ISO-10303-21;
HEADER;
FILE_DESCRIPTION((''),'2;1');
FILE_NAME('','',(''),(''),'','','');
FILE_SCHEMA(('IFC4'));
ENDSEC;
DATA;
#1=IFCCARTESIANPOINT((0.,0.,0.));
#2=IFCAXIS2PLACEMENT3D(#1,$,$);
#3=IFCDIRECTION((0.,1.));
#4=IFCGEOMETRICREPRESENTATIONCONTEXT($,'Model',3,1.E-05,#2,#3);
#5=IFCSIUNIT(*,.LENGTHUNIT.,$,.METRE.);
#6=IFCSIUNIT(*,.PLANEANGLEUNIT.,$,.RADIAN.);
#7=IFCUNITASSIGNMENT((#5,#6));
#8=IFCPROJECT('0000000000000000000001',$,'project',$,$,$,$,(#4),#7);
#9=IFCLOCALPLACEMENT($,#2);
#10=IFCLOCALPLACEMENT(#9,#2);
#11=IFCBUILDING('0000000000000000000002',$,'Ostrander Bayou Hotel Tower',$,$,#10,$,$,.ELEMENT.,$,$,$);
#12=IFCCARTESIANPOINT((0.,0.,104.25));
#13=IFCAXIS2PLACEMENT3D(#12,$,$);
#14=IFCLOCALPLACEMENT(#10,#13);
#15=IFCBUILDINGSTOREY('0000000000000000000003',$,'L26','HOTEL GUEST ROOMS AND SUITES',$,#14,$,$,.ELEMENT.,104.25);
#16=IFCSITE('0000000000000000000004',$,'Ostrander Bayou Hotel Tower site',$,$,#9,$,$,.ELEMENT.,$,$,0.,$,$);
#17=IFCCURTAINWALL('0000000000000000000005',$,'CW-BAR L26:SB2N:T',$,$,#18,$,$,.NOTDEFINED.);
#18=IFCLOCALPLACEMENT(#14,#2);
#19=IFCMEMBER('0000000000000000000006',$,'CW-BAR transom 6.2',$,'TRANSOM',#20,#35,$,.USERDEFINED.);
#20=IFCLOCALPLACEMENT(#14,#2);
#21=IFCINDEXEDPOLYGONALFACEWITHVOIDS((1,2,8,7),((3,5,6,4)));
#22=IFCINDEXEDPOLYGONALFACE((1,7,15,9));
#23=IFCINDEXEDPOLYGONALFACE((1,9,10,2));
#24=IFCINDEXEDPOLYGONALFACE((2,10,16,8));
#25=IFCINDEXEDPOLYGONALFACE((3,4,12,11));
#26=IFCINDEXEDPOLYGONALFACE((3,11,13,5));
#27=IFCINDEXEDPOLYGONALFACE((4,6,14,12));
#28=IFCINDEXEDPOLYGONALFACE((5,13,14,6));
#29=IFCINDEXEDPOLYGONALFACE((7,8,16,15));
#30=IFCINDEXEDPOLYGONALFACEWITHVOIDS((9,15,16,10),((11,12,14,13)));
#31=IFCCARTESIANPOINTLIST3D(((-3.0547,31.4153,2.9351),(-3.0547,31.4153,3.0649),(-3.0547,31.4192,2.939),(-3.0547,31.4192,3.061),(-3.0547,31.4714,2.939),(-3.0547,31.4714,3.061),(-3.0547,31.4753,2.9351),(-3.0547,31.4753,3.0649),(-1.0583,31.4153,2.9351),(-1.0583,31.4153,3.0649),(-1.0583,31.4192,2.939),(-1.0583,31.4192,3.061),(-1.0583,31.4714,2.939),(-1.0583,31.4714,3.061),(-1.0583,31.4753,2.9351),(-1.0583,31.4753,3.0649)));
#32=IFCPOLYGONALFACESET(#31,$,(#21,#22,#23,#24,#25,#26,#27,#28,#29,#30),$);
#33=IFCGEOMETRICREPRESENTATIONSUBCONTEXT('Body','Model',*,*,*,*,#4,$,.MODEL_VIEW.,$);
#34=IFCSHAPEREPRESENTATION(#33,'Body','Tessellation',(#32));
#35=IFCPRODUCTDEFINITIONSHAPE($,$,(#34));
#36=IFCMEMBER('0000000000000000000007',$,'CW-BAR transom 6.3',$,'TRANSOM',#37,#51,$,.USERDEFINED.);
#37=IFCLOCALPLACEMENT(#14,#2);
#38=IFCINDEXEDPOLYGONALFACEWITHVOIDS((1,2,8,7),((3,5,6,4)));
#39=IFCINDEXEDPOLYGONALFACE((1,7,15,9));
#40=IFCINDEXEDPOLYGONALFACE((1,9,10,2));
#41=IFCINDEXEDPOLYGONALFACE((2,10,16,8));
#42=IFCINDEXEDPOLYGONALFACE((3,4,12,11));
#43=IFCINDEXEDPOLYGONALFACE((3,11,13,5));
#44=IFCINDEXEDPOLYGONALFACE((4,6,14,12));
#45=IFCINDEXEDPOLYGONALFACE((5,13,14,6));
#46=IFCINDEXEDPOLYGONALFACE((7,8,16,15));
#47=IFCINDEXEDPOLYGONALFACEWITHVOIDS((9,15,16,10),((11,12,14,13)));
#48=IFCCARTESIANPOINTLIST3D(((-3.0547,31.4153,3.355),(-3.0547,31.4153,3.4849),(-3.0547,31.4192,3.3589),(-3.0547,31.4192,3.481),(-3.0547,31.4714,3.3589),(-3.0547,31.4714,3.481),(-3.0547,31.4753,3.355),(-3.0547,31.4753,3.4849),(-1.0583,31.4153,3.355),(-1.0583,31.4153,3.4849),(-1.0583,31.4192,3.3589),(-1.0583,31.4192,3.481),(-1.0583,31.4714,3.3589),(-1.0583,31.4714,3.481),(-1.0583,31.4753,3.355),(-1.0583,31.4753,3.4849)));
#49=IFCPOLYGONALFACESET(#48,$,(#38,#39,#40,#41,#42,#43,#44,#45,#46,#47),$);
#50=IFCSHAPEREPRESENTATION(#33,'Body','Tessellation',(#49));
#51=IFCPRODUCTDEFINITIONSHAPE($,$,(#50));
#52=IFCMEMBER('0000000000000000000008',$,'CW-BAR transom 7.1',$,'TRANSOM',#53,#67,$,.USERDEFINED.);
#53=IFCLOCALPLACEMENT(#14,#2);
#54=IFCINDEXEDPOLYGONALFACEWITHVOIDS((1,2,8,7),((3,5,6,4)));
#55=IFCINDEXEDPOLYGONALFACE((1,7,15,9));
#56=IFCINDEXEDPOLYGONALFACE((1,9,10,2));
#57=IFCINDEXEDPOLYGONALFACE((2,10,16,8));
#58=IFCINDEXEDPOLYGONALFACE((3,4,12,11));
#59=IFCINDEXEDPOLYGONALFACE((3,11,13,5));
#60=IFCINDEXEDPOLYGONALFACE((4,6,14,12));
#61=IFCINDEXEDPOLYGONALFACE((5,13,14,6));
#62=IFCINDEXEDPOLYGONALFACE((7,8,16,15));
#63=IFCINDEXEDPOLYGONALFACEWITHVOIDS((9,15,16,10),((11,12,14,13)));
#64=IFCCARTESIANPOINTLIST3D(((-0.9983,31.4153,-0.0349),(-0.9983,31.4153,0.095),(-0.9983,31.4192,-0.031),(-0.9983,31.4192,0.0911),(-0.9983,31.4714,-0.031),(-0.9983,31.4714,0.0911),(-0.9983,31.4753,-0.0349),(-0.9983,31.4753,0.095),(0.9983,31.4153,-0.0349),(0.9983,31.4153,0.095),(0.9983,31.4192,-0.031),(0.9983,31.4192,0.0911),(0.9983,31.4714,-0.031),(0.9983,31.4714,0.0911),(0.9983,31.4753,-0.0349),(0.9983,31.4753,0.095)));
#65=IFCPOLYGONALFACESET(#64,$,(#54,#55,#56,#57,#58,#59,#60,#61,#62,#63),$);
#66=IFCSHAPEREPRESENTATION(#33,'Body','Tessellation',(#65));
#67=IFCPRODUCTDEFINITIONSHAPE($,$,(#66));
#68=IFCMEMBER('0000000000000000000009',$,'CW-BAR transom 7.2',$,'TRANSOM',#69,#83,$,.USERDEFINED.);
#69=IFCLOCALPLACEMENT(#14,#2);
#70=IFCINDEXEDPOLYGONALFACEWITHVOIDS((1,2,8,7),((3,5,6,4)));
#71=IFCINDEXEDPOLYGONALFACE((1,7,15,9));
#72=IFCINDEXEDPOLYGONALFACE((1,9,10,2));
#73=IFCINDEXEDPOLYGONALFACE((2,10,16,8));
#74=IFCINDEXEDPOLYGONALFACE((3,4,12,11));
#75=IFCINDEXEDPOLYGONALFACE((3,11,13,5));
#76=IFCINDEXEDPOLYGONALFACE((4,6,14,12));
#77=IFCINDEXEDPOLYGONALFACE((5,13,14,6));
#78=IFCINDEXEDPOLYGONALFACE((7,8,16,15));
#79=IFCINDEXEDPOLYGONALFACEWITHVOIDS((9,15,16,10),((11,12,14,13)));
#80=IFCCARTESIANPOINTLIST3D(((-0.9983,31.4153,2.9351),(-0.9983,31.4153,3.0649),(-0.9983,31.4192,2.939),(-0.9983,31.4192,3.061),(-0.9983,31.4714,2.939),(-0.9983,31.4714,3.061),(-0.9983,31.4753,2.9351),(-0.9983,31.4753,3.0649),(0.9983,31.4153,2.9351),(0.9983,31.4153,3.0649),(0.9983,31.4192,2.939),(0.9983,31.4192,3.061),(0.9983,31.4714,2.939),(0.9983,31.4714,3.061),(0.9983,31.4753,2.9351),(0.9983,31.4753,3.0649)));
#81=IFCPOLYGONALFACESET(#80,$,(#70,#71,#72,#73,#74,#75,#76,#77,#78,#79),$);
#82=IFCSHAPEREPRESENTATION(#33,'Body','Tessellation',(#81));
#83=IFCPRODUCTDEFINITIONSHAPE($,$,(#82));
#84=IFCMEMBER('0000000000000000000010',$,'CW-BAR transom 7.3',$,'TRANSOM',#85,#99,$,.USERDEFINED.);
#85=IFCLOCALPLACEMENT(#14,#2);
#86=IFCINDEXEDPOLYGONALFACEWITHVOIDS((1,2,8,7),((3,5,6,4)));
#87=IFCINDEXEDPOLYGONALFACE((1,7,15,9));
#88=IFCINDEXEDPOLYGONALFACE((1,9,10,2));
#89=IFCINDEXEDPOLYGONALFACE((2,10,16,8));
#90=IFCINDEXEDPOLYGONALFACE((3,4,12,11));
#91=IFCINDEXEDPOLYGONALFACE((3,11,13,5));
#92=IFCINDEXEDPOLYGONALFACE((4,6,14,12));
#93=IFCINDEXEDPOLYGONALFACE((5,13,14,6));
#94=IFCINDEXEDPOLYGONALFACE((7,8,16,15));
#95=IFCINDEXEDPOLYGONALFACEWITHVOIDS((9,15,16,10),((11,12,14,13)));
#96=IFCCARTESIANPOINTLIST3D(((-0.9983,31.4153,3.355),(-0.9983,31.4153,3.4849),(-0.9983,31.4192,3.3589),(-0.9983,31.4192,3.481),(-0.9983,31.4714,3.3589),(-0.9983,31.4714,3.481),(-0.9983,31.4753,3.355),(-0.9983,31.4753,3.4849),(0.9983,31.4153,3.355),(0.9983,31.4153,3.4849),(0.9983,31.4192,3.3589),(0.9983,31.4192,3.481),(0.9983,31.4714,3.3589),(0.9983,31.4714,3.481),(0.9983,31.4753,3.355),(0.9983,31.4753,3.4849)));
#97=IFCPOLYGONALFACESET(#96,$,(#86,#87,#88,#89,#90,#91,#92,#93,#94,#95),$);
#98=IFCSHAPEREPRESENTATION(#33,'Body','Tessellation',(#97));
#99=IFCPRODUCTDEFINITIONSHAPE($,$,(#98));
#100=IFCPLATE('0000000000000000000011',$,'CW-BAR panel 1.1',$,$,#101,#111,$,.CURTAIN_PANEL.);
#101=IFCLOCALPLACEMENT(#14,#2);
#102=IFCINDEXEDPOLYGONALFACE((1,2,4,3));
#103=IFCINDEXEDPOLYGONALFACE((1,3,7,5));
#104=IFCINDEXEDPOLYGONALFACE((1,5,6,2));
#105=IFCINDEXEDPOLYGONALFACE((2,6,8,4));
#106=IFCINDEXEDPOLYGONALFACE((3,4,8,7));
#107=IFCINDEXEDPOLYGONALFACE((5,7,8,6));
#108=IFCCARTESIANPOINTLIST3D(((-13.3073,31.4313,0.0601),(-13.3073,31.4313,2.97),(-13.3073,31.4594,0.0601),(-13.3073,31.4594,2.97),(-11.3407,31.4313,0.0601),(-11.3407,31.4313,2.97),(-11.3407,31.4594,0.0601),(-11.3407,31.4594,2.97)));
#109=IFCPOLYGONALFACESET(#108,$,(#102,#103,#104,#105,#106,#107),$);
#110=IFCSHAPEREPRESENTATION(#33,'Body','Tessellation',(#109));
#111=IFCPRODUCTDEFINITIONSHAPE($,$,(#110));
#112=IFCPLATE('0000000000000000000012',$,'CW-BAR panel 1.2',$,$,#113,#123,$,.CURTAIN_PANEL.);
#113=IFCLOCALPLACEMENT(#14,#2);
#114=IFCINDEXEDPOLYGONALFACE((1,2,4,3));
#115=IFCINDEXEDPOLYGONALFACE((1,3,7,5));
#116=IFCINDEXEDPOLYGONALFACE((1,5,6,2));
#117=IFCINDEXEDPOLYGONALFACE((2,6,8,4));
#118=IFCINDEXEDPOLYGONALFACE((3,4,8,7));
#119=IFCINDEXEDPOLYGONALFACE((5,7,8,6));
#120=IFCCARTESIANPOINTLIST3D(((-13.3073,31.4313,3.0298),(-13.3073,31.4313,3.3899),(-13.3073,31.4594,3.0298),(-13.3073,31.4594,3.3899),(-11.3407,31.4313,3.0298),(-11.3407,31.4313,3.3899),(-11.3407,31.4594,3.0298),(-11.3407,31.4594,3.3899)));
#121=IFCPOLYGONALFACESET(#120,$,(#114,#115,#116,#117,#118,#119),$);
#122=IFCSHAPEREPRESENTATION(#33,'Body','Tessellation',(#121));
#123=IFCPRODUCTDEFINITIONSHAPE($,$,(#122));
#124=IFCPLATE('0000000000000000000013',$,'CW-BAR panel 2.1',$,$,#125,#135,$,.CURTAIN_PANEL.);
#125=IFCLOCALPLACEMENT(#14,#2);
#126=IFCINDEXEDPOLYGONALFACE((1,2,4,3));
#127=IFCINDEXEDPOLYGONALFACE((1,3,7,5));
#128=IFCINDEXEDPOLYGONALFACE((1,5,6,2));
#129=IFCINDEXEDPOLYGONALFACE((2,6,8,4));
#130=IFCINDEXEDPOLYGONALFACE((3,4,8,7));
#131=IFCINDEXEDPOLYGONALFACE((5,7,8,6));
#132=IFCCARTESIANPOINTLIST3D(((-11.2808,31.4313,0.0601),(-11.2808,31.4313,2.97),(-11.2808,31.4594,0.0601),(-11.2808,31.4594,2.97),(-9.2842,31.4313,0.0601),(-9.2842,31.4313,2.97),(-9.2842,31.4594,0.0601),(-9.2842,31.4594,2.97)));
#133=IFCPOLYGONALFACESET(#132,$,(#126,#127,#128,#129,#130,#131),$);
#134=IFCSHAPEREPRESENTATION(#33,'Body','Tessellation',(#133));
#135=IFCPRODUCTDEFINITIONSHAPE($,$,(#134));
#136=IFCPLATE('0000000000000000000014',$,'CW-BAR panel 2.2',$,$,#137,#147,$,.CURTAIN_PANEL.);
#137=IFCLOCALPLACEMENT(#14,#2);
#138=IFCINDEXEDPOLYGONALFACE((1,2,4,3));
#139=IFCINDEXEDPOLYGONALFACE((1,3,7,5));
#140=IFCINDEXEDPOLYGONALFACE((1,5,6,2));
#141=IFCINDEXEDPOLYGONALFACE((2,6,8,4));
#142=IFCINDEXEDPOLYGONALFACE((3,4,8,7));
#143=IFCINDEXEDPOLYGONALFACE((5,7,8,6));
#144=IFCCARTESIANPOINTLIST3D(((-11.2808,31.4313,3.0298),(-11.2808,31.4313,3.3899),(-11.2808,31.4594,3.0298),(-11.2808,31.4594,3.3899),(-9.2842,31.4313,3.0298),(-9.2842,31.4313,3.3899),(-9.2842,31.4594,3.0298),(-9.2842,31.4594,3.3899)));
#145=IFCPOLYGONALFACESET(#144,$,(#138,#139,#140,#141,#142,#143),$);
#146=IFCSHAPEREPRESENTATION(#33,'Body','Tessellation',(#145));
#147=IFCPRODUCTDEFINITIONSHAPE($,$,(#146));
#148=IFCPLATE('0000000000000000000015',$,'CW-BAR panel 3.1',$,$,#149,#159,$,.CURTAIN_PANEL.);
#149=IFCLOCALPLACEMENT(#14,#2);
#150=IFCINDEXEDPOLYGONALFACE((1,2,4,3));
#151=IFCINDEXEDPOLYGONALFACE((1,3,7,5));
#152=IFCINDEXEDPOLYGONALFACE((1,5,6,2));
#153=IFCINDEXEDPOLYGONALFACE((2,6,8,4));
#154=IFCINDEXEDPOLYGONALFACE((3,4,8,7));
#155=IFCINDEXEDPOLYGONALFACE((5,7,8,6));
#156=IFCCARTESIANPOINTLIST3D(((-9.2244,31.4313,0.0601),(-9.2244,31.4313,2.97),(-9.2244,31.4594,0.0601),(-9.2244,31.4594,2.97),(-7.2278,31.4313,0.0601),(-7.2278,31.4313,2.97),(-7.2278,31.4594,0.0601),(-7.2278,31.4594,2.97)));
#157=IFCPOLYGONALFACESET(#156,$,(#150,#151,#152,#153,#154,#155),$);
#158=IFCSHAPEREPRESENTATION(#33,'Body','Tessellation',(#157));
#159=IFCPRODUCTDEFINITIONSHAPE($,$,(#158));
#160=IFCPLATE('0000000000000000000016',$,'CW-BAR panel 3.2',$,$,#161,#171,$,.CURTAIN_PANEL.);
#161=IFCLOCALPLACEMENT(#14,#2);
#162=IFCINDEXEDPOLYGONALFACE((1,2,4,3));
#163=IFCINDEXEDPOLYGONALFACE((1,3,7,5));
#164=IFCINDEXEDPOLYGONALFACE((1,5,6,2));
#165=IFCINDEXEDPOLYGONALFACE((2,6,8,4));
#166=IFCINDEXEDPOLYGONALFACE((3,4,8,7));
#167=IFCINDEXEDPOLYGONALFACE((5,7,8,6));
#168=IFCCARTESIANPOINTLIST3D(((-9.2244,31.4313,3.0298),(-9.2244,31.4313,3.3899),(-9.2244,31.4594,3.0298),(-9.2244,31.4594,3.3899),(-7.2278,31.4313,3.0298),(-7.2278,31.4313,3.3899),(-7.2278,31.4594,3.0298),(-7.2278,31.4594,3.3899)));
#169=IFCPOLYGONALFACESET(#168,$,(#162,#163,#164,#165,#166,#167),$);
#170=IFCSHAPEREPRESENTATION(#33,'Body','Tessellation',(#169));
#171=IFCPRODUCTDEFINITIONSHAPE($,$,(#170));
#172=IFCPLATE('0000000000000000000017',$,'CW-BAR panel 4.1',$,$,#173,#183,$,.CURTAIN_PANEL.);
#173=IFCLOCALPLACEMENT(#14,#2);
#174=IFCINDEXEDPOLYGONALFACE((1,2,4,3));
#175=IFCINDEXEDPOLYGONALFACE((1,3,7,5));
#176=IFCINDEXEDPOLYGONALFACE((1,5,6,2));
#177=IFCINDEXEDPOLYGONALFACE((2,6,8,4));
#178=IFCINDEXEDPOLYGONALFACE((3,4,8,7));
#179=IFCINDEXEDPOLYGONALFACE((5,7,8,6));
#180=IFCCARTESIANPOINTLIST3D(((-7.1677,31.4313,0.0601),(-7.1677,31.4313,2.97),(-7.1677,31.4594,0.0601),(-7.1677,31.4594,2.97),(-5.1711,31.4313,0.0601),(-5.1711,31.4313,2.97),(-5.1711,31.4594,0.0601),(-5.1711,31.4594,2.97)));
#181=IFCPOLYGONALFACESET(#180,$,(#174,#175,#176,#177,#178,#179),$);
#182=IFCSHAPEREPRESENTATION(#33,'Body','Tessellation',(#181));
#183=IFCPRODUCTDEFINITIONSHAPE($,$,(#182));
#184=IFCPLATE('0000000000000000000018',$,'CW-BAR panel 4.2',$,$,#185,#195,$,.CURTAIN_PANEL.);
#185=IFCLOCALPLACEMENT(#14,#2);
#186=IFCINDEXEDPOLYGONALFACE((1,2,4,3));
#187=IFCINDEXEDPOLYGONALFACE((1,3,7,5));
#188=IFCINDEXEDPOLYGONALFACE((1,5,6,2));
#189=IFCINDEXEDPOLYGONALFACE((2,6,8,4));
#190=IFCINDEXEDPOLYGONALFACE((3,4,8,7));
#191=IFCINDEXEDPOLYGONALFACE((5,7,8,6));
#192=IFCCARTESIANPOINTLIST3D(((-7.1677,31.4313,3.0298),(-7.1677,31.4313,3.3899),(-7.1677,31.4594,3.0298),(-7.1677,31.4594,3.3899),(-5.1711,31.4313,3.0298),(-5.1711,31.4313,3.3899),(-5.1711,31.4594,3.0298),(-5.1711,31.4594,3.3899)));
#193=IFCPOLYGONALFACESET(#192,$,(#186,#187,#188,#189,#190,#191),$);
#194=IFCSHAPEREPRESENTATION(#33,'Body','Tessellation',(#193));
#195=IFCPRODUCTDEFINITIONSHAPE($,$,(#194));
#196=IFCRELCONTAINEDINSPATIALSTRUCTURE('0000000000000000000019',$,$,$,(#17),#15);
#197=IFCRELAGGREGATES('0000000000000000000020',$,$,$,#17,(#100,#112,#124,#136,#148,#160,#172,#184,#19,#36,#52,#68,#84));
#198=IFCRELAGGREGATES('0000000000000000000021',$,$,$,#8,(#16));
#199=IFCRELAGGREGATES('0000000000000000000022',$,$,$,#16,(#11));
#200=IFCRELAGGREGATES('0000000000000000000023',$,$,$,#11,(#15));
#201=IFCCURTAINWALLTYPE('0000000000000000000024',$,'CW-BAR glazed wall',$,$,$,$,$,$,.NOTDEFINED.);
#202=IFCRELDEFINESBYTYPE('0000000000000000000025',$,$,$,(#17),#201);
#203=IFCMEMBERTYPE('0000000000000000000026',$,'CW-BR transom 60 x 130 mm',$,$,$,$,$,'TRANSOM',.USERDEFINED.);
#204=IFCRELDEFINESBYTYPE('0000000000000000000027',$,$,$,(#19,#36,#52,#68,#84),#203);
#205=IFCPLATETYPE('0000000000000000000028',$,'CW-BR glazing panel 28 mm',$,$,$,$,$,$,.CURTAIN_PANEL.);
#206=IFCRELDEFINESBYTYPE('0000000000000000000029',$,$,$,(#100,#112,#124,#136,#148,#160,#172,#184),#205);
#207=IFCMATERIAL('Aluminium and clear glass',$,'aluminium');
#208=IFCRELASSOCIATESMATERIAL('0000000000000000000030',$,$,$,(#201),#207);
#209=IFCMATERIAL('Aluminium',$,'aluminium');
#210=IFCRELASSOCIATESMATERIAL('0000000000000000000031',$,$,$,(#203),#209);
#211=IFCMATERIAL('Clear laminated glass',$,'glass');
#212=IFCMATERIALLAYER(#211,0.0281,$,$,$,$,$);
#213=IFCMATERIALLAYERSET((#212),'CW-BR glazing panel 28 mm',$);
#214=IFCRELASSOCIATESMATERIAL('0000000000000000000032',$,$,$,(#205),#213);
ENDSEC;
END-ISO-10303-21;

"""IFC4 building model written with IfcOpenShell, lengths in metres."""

from ifc_helpers import new_model, si_unit, direction, frame, origin, origin_2d, place, context, subcontext, project, spatial, rectangle, hollow_rectangle, extrude, material, layer, layer_set, material_profile, profile_set, type_object, element, aggregate, save


model = new_model("IFC4")

# Units and contexts
model_context = context("Model", 3, precision=1e-05, world=origin(), true_north=direction((0.0, 1.0)))
body_context = subcontext(model_context, "Body", "Model", "MODEL_VIEW")
ifc_project = project(units=[si_unit("LENGTHUNIT", "METRE"), si_unit("PLANEANGLEUNIT", "RADIAN")], contexts=[model_context])

# Site, building, storey
site_placement = place(None, origin())
site = spatial("IfcSite", under=ifc_project, at=site_placement, Name="Ostrander Bayou Hotel Tower site", CompositionType="ELEMENT", RefElevation=0.0)
building_placement = place(site_placement, origin())
building = spatial("IfcBuilding", under=site, at=building_placement, Name="Ostrander Bayou Hotel Tower", CompositionType="ELEMENT")
storey_placement = place(building_placement, frame((0.0, 0.0, 104.25)))
storey = spatial("IfcBuildingStorey", under=building, at=storey_placement, Name="L26", Description="HOTEL GUEST ROOMS AND SUITES", CompositionType="ELEMENT", Elevation=104.25)

# Curtain wall, members, plates
ifc_material_1 = material(Name="Aluminium and clear glass", Category="aluminium")
curtain_wall_type = type_object("IfcCurtainWallType", Name="CW-BAR glazed wall", PredefinedType="NOTDEFINED", material=ifc_material_1)
curtain_wall_placement = place(storey_placement, origin())
curtain_wall = element("IfcCurtainWall", 1, at=curtain_wall_placement, inside=storey, type_object=curtain_wall_type, Name="CW-BAR L26:SB2N:T", PredefinedType="NOTDEFINED")
ifc_material_2 = material(Name="Aluminium", Category="aluminium")
ifc_material_profile_1 = material_profile(ifc_material_2, hollow_rectangle(XDim=0.0601, YDim=0.1299, WallThickness=0.0039, at=origin_2d()))
ifc_profile_set_1 = profile_set([ifc_material_profile_1], Name="Aluminium")
member_type_1 = type_object("IfcMemberType", Name="CW-BR transom 60 x 130 mm", ElementType="TRANSOM", PredefinedType="USERDEFINED", material=ifc_profile_set_1)
member_1_placement = place(storey_placement, frame((-3.0547, 31.4453, 3.0), z_axis=(1.0, 0.0, 0.0), x_axis=(0.0, 1.0, 0.0)))
member_1 = element("IfcMember", 2, at=member_1_placement, type_object=member_type_1, Name="CW-BAR transom 6.2", ObjectType="TRANSOM", PredefinedType="USERDEFINED", context=body_context, shape_type="SweptSolid", body=[
    extrude(hollow_rectangle(XDim=0.0601, YDim=0.1299, WallThickness=0.0039, at=origin_2d()), origin(), (0.0, 0.0, 1.0), 1.9963),
])
member_2_placement = place(storey_placement, frame((-3.0547, 31.4453, 3.4199), z_axis=(1.0, 0.0, 0.0), x_axis=(0.0, 1.0, 0.0)))
member_2 = element("IfcMember", 3, at=member_2_placement, type_object=member_type_1, Name="CW-BAR transom 6.3", ObjectType="TRANSOM", PredefinedType="USERDEFINED", context=body_context, shape_type="SweptSolid", body=[
    extrude(hollow_rectangle(XDim=0.0601, YDim=0.1299, WallThickness=0.0039, at=origin_2d()), origin(), (0.0, 0.0, 1.0), 1.9963),
])
member_3_placement = place(storey_placement, frame((-0.9983, 31.4453, 0.03), z_axis=(1.0, 0.0, 0.0), x_axis=(0.0, 1.0, 0.0)))
member_3 = element("IfcMember", 4, at=member_3_placement, type_object=member_type_1, Name="CW-BAR transom 7.1", ObjectType="TRANSOM", PredefinedType="USERDEFINED", context=body_context, shape_type="SweptSolid", body=[
    extrude(hollow_rectangle(XDim=0.0601, YDim=0.1299, WallThickness=0.0039, at=origin_2d()), origin(), (0.0, 0.0, 1.0), 1.9966),
])
member_4_placement = place(storey_placement, frame((-0.9983, 31.4453, 3.0), z_axis=(1.0, 0.0, 0.0), x_axis=(0.0, 1.0, 0.0)))
member_4 = element("IfcMember", 5, at=member_4_placement, type_object=member_type_1, Name="CW-BAR transom 7.2", ObjectType="TRANSOM", PredefinedType="USERDEFINED", context=body_context, shape_type="SweptSolid", body=[
    extrude(hollow_rectangle(XDim=0.0601, YDim=0.1299, WallThickness=0.0039, at=origin_2d()), origin(), (0.0, 0.0, 1.0), 1.9966),
])
member_5_placement = place(storey_placement, frame((-0.9983, 31.4453, 3.4199), z_axis=(1.0, 0.0, 0.0), x_axis=(0.0, 1.0, 0.0)))
member_5 = element("IfcMember", 6, at=member_5_placement, type_object=member_type_1, Name="CW-BAR transom 7.3", ObjectType="TRANSOM", PredefinedType="USERDEFINED", context=body_context, shape_type="SweptSolid", body=[
    extrude(hollow_rectangle(XDim=0.0601, YDim=0.1299, WallThickness=0.0039, at=origin_2d()), origin(), (0.0, 0.0, 1.0), 1.9966),
])
ifc_material_3 = material(Name="Clear laminated glass", Category="glass")
ifc_layer = layer(ifc_material_3, 0.0281)
ifc_layer_set = layer_set([ifc_layer], Name="CW-BR glazing panel 28 mm")
plate_type = type_object("IfcPlateType", Name="CW-BR glazing panel 28 mm", PredefinedType="CURTAIN_PANEL", material=ifc_layer_set)
plate_1_placement = place(storey_placement, frame((-12.324, 31.4453, 0.0601), z_axis=(0.0, 0.0, 1.0), x_axis=(1.0, 0.0, 0.0)))
plate_1 = element("IfcPlate", 7, at=plate_1_placement, type_object=plate_type, Name="CW-BAR panel 1.1", PredefinedType="CURTAIN_PANEL", context=body_context, shape_type="SweptSolid", body=[
    extrude(rectangle(XDim=1.9666, YDim=0.0281, at=origin_2d()), origin(), (0.0, 0.0, 1.0), 2.9099),
])
plate_2_placement = place(storey_placement, frame((-12.324, 31.4453, 3.0298), z_axis=(0.0, 0.0, 1.0), x_axis=(1.0, 0.0, 0.0)))
plate_2 = element("IfcPlate", 8, at=plate_2_placement, type_object=plate_type, Name="CW-BAR panel 1.2", PredefinedType="CURTAIN_PANEL", context=body_context, shape_type="SweptSolid", body=[
    extrude(rectangle(XDim=1.9666, YDim=0.0281, at=origin_2d()), origin(), (0.0, 0.0, 1.0), 0.3601),
])
plate_3_placement = place(storey_placement, frame((-10.2825, 31.4453, 0.0601), z_axis=(0.0, 0.0, 1.0), x_axis=(1.0, 0.0, 0.0)))
plate_3 = element("IfcPlate", 9, at=plate_3_placement, type_object=plate_type, Name="CW-BAR panel 2.1", PredefinedType="CURTAIN_PANEL", context=body_context, shape_type="SweptSolid", body=[
    extrude(rectangle(XDim=1.9966, YDim=0.0281, at=origin_2d()), origin(), (0.0, 0.0, 1.0), 2.9099),
])
plate_4_placement = place(storey_placement, frame((-10.2825, 31.4453, 3.0298), z_axis=(0.0, 0.0, 1.0), x_axis=(1.0, 0.0, 0.0)))
plate_4 = element("IfcPlate", 10, at=plate_4_placement, type_object=plate_type, Name="CW-BAR panel 2.2", PredefinedType="CURTAIN_PANEL", context=body_context, shape_type="SweptSolid", body=[
    extrude(rectangle(XDim=1.9966, YDim=0.0281, at=origin_2d()), origin(), (0.0, 0.0, 1.0), 0.3601),
])
plate_5_placement = place(storey_placement, frame((-8.2261, 31.4453, 0.0601), z_axis=(0.0, 0.0, 1.0), x_axis=(1.0, 0.0, 0.0)))
plate_5 = element("IfcPlate", 11, at=plate_5_placement, type_object=plate_type, Name="CW-BAR panel 3.1", PredefinedType="CURTAIN_PANEL", context=body_context, shape_type="SweptSolid", body=[
    extrude(rectangle(XDim=1.9966, YDim=0.0281, at=origin_2d()), origin(), (0.0, 0.0, 1.0), 2.9099),
])
plate_6_placement = place(storey_placement, frame((-8.2261, 31.4453, 3.0298), z_axis=(0.0, 0.0, 1.0), x_axis=(1.0, 0.0, 0.0)))
plate_6 = element("IfcPlate", 12, at=plate_6_placement, type_object=plate_type, Name="CW-BAR panel 3.2", PredefinedType="CURTAIN_PANEL", context=body_context, shape_type="SweptSolid", body=[
    extrude(rectangle(XDim=1.9966, YDim=0.0281, at=origin_2d()), origin(), (0.0, 0.0, 1.0), 0.3601),
])
plate_7_placement = place(storey_placement, frame((-6.1694, 31.4453, 0.0601), z_axis=(0.0, 0.0, 1.0), x_axis=(1.0, 0.0, 0.0)))
plate_7 = element("IfcPlate", 13, at=plate_7_placement, type_object=plate_type, Name="CW-BAR panel 4.1", PredefinedType="CURTAIN_PANEL", context=body_context, shape_type="SweptSolid", body=[
    extrude(rectangle(XDim=1.9966, YDim=0.0281, at=origin_2d()), origin(), (0.0, 0.0, 1.0), 2.9099),
])
plate_8_placement = place(storey_placement, frame((-6.1694, 31.4453, 3.0298), z_axis=(0.0, 0.0, 1.0), x_axis=(1.0, 0.0, 0.0)))
plate_8 = element("IfcPlate", 14, at=plate_8_placement, type_object=plate_type, Name="CW-BAR panel 4.2", PredefinedType="CURTAIN_PANEL", context=body_context, shape_type="SweptSolid", body=[
    extrude(rectangle(XDim=1.9966, YDim=0.0281, at=origin_2d()), origin(), (0.0, 0.0, 1.0), 0.3601),
])
aggregate(curtain_wall, [plate_1, plate_2, plate_3, plate_4, plate_5, plate_6, plate_7, plate_8, member_1, member_2, member_3, member_4, member_5])

save(model, "model.ifc")
